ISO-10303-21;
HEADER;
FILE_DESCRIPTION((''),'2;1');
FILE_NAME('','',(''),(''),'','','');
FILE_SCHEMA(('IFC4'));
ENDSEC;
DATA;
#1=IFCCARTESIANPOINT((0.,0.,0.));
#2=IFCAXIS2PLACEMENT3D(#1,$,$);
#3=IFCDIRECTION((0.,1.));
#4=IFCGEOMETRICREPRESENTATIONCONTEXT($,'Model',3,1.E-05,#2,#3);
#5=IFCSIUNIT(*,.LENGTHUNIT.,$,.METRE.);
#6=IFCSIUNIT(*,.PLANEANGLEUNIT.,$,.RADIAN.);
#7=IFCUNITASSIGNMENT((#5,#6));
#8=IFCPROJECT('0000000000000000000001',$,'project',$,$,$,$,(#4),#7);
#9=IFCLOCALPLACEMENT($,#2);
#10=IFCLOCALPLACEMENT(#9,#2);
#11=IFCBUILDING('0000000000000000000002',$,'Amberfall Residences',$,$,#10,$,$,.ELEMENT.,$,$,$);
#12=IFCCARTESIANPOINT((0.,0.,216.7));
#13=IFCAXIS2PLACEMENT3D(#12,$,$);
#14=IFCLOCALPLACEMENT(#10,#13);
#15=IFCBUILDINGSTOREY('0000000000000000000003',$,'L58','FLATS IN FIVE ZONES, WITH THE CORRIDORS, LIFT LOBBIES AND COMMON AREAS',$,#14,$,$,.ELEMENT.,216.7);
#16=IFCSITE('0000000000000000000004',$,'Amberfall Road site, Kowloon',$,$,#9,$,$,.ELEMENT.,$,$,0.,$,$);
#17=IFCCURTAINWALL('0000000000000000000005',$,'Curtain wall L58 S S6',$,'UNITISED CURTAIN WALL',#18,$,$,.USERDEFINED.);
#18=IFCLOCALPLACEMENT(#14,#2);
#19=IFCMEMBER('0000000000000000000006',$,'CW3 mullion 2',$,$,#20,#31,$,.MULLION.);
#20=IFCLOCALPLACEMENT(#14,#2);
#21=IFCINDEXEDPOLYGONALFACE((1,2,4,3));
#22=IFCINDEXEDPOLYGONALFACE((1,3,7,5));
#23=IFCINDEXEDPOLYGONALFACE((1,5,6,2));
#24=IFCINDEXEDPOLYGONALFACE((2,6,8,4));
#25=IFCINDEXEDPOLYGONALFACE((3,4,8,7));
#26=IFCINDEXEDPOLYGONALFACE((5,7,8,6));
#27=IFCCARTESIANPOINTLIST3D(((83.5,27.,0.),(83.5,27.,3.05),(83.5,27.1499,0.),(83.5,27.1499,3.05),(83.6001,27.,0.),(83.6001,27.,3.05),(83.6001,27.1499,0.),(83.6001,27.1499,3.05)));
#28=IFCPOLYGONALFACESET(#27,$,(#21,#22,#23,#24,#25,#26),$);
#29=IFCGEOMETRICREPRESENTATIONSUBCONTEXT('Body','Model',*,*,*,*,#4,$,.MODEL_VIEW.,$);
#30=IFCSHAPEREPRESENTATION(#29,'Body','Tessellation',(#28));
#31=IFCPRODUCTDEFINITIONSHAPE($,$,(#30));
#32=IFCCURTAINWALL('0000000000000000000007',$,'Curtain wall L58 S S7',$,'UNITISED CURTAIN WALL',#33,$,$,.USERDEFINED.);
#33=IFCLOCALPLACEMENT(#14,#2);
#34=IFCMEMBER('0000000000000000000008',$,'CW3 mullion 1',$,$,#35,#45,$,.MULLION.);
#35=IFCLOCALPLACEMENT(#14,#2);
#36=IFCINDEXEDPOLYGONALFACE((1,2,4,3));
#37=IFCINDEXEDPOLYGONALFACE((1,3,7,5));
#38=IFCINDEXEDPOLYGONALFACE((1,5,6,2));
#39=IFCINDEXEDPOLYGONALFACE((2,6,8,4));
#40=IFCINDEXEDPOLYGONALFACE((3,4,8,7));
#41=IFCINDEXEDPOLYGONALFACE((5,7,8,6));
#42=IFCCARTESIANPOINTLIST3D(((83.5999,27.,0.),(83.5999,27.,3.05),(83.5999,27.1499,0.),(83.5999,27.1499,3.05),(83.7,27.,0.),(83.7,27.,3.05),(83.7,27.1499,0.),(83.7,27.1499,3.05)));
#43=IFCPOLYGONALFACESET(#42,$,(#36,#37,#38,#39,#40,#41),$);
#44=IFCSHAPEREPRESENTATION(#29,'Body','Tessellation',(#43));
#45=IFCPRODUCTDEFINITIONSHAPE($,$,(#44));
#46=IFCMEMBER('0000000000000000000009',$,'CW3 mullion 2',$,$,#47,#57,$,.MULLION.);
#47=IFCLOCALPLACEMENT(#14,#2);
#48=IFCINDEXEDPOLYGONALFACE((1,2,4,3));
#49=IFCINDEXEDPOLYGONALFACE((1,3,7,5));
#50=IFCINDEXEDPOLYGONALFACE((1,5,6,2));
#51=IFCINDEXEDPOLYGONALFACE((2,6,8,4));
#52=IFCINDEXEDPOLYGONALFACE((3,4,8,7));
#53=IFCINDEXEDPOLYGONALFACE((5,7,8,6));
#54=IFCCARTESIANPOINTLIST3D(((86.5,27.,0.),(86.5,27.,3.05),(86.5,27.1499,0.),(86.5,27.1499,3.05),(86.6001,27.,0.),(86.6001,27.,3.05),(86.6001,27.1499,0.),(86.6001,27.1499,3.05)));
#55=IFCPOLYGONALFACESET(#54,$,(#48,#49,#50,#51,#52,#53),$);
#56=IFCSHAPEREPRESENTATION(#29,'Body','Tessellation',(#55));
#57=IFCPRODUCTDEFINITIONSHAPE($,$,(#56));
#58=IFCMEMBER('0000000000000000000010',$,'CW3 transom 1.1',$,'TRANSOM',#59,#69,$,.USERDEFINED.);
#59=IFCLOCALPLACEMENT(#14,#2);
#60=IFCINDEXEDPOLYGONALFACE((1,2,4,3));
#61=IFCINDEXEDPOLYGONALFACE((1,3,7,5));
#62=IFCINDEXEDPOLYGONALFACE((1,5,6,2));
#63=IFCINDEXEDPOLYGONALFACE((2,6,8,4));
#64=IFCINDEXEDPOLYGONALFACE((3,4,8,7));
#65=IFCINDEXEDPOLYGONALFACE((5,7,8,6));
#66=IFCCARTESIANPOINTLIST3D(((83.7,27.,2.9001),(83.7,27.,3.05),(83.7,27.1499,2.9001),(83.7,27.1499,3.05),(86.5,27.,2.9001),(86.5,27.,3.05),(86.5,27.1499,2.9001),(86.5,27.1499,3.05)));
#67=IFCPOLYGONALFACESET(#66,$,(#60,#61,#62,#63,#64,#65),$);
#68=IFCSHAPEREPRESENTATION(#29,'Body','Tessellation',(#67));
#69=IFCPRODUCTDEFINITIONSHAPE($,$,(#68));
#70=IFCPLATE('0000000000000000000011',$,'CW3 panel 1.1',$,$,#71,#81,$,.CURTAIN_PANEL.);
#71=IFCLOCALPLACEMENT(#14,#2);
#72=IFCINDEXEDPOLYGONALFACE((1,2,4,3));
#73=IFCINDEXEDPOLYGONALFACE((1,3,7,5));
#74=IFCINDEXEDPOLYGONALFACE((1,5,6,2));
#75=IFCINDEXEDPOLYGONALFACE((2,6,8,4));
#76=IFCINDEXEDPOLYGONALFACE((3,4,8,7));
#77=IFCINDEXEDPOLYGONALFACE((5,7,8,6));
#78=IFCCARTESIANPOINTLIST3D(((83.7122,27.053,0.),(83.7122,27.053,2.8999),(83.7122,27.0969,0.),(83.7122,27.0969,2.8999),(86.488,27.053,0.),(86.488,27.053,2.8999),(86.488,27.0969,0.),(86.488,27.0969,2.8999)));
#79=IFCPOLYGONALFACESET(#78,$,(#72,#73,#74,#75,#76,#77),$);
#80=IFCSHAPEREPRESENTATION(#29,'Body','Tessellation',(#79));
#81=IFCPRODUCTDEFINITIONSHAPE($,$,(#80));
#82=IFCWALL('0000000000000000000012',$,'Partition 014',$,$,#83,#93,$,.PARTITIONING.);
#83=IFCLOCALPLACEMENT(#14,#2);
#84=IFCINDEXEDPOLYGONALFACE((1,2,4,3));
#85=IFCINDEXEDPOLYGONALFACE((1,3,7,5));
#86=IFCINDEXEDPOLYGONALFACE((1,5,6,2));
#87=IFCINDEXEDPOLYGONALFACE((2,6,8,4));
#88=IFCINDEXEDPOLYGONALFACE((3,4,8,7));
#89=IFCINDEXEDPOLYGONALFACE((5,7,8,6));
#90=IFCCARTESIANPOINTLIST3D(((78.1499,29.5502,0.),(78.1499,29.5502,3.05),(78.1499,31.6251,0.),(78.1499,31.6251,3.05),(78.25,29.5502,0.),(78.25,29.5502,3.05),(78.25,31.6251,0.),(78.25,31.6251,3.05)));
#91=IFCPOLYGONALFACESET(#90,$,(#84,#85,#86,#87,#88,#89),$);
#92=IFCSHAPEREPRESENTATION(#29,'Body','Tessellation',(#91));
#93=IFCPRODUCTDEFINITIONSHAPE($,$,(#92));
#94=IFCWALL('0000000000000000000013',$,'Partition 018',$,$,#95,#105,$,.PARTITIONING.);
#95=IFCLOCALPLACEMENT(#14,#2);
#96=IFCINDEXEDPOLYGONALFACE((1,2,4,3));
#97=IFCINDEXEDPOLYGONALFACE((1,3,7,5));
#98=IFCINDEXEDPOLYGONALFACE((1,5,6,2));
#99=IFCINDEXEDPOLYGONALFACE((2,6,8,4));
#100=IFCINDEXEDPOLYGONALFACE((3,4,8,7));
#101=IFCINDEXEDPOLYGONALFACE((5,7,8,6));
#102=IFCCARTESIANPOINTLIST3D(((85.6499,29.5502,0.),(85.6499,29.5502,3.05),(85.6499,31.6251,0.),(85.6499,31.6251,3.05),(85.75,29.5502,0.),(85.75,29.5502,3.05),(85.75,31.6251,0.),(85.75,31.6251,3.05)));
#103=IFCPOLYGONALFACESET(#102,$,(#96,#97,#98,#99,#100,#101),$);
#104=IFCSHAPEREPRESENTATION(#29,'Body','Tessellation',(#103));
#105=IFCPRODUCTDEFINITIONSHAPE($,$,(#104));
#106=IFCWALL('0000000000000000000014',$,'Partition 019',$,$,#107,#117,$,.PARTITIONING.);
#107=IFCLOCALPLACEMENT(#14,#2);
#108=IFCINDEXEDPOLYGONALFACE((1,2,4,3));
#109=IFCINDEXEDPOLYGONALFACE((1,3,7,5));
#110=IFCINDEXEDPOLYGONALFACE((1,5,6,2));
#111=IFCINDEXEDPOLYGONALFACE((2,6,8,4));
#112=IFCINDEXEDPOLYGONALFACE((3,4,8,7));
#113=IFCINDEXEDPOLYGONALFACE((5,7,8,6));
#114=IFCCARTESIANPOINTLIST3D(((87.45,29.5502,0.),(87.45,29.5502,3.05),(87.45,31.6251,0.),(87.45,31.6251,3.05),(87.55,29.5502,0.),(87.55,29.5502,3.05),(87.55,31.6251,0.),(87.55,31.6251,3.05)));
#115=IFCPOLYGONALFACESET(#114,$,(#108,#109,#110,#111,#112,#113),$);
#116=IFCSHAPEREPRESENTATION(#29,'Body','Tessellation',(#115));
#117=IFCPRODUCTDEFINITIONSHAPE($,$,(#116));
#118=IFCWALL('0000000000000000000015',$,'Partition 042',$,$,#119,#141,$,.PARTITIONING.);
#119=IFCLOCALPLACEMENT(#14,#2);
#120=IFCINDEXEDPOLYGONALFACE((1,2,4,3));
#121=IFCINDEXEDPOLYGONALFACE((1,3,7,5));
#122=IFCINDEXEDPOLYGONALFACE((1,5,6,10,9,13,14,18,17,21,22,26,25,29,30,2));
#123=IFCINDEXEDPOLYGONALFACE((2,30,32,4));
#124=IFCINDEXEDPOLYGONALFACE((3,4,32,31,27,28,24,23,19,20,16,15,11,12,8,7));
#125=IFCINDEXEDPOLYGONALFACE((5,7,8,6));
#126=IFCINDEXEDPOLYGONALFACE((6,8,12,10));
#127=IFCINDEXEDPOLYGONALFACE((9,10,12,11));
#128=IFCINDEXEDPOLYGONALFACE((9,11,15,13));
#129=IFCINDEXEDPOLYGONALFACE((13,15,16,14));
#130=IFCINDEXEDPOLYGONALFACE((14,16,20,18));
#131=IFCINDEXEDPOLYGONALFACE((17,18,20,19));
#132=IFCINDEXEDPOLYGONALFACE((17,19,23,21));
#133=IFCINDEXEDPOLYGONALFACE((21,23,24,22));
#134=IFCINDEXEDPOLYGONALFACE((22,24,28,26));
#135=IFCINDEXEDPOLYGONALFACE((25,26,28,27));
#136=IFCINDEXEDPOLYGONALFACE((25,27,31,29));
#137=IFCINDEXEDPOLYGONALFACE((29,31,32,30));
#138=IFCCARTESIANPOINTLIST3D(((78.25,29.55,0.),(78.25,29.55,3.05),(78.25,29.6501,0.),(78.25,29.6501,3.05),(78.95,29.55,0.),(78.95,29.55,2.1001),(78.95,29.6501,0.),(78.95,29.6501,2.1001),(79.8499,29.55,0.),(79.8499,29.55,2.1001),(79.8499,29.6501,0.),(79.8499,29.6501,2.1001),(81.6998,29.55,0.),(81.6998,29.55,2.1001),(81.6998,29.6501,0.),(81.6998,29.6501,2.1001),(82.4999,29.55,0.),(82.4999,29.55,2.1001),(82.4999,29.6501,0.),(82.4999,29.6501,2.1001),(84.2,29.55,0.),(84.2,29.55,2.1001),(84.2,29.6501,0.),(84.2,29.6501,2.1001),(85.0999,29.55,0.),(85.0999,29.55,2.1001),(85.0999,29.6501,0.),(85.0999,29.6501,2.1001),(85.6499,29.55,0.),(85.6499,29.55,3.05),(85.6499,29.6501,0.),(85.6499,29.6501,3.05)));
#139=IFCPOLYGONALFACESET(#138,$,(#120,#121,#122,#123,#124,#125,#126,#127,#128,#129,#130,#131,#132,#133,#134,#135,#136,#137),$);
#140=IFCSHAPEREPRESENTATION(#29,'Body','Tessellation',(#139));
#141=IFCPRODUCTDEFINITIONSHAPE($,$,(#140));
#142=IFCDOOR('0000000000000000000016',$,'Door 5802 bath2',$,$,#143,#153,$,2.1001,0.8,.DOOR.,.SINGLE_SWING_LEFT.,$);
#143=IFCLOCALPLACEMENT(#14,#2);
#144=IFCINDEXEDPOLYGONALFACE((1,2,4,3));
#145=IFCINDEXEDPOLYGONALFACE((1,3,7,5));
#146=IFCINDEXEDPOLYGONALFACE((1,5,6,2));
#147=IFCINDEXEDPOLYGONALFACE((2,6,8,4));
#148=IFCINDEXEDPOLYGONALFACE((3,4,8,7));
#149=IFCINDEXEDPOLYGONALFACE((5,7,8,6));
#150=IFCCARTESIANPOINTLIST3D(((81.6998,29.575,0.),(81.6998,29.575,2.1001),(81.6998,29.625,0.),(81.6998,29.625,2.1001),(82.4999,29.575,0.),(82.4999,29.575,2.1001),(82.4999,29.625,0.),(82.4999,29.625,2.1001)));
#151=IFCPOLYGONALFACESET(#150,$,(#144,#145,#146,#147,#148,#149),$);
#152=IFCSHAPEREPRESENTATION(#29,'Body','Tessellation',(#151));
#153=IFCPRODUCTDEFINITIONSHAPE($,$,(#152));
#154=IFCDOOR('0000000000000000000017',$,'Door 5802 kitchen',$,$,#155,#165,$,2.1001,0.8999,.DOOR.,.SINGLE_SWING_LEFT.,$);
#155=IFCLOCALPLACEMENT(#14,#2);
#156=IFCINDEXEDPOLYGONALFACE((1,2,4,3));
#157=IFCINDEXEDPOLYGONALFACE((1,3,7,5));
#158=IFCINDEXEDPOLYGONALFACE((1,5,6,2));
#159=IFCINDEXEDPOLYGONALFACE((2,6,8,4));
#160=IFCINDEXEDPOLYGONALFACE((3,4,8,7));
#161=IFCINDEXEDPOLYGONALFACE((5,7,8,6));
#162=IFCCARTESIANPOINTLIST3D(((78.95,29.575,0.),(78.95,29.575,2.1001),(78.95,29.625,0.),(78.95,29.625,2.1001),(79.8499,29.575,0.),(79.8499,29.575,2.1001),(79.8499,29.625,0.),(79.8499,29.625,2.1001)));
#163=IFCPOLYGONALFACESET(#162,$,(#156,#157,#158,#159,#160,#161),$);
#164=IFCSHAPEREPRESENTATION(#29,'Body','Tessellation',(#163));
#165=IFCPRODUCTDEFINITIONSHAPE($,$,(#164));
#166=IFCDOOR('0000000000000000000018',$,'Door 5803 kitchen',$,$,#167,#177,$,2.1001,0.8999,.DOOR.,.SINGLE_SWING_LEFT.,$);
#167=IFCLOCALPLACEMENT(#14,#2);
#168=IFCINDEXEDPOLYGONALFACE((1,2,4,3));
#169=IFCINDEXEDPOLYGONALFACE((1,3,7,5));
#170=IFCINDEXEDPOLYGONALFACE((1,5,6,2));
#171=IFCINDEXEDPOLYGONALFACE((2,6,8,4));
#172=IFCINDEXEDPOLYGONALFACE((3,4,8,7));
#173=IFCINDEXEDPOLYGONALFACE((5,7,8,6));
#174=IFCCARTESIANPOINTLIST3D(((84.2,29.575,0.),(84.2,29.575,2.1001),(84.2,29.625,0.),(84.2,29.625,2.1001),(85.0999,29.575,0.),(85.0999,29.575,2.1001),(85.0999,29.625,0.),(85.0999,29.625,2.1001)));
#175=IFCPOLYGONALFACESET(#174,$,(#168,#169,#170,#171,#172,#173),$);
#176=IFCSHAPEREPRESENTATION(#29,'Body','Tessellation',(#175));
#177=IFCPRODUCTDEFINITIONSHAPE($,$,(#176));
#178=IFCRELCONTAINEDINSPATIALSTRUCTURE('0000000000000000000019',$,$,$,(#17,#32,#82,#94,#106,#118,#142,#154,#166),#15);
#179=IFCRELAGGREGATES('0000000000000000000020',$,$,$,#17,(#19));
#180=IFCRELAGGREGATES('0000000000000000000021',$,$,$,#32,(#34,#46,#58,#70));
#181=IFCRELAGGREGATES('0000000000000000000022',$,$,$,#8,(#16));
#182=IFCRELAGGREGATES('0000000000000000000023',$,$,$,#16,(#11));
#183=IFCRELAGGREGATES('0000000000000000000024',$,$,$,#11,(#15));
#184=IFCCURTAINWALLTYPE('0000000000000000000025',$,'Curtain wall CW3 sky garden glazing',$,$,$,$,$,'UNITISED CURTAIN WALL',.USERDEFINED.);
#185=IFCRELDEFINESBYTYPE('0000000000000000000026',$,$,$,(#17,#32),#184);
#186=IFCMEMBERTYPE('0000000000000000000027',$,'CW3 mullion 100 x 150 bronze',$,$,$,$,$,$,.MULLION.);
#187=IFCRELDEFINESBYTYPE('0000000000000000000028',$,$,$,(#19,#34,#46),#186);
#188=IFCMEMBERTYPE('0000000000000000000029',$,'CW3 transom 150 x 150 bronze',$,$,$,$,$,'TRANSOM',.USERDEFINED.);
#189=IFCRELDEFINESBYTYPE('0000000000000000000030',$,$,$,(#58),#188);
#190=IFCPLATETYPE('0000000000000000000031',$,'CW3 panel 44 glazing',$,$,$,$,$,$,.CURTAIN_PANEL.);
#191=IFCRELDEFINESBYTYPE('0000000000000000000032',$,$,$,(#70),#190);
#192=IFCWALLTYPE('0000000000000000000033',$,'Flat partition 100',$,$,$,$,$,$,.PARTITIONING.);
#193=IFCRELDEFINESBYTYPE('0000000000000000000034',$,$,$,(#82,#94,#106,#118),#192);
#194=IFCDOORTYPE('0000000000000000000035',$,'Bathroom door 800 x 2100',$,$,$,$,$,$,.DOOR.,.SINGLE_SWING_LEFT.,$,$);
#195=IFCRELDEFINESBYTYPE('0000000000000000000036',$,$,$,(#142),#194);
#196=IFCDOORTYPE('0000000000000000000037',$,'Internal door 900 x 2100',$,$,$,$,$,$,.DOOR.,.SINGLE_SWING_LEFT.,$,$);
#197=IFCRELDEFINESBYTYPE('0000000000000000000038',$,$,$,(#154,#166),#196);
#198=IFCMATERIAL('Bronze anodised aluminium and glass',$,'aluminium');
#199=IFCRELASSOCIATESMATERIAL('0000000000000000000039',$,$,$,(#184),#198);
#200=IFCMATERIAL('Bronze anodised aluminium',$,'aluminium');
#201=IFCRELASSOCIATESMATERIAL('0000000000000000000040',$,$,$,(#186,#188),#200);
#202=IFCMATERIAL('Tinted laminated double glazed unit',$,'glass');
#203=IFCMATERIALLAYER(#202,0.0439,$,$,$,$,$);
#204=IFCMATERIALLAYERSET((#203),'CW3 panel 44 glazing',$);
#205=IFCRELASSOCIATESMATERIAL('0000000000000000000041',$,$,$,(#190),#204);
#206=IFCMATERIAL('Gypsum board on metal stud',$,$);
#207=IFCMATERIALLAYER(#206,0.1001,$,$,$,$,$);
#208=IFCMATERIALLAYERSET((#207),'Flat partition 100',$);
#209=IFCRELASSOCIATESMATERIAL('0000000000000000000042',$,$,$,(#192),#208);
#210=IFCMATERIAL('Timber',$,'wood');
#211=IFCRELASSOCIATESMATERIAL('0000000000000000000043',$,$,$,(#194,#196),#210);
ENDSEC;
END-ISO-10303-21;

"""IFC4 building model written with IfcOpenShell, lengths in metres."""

from ifc_helpers import new_model, si_unit, direction, frame, frame_2d, origin, origin_2d, place, context, subcontext, project, spatial, rectangle, extrude, material, layer, layer_set, material_profile, profile_set, type_object, element, fill, aggregate, save


model = new_model("IFC4")

# Units and contexts
model_context = context("Model", 3, precision=1e-05, world=origin(), true_north=direction((0.0, 1.0)))
body_context = subcontext(model_context, "Body", "Model", "MODEL_VIEW")
ifc_project = project(units=[si_unit("LENGTHUNIT", "METRE"), si_unit("PLANEANGLEUNIT", "RADIAN")], contexts=[model_context])

# Site, building, storey
site_placement = place(None, origin())
site = spatial("IfcSite", under=ifc_project, at=site_placement, Name="Amberfall Road site, Kowloon", CompositionType="ELEMENT", RefElevation=0.0)
building_placement = place(site_placement, origin())
building = spatial("IfcBuilding", under=site, at=building_placement, Name="Amberfall Residences", CompositionType="ELEMENT")
storey_placement = place(building_placement, frame((0.0, 0.0, 216.7)))
storey = spatial("IfcBuildingStorey", under=building, at=storey_placement, Name="L58", Description="FLATS IN FIVE ZONES, WITH THE CORRIDORS, LIFT LOBBIES AND COMMON AREAS", CompositionType="ELEMENT", Elevation=216.7)

# Curtain wall, member
ifc_material_1 = material(Name="Bronze anodised aluminium and glass", Category="aluminium")
curtain_wall_type = type_object("IfcCurtainWallType", Name="Curtain wall CW3 sky garden glazing", ElementType="UNITISED CURTAIN WALL", PredefinedType="USERDEFINED", material=ifc_material_1)
curtain_wall_1_placement = place(storey_placement, origin())
curtain_wall_1 = element("IfcCurtainWall", 1, at=curtain_wall_1_placement, inside=storey, type_object=curtain_wall_type, Name="Curtain wall L58 S S6", ObjectType="UNITISED CURTAIN WALL", PredefinedType="USERDEFINED")
ifc_material_2 = material(Name="Bronze anodised aluminium", Category="aluminium")
ifc_material_profile_1 = material_profile(ifc_material_2, rectangle(XDim=0.1499, YDim=0.1001, at=origin_2d()), Name="CW3 mullion 100 x 150 bronze")
ifc_profile_set_1 = profile_set([ifc_material_profile_1], Name="Bronze anodised aluminium")
member_type_1 = type_object("IfcMemberType", Name="CW3 mullion 100 x 150 bronze", PredefinedType="MULLION", material=ifc_profile_set_1)
member_1_placement = place(storey_placement, frame((83.55, 27.075, 0.0), z_axis=(0.0, 0.0, 1.0), x_axis=(0.0, 1.0, 0.0)))
member_1 = element("IfcMember", 2, at=member_1_placement, type_object=member_type_1, Name="CW3 mullion 2", PredefinedType="MULLION", context=body_context, shape_type="SweptSolid", body=[
    extrude(rectangle(XDim=0.1499, YDim=0.1001, at=origin_2d()), origin(), (0.0, 0.0, 1.0), 3.05),
])
aggregate(curtain_wall_1, [member_1])

# Curtain wall, members, plate
curtain_wall_2_placement = place(storey_placement, origin())
curtain_wall_2 = element("IfcCurtainWall", 3, at=curtain_wall_2_placement, inside=storey, type_object=curtain_wall_type, Name="Curtain wall L58 S S7", ObjectType="UNITISED CURTAIN WALL", PredefinedType="USERDEFINED")
member_2_placement = place(storey_placement, frame((83.6499, 27.075, 0.0), z_axis=(0.0, 0.0, 1.0), x_axis=(0.0, 1.0, 0.0)))
member_2 = element("IfcMember", 4, at=member_2_placement, type_object=member_type_1, Name="CW3 mullion 1", PredefinedType="MULLION", context=body_context, shape_type="SweptSolid", body=[
    extrude(rectangle(XDim=0.1499, YDim=0.1001, at=origin_2d()), origin(), (0.0, 0.0, 1.0), 3.05),
])
member_3_placement = place(storey_placement, frame((86.55, 27.075, 0.0), z_axis=(0.0, 0.0, 1.0), x_axis=(0.0, 1.0, 0.0)))
member_3 = element("IfcMember", 5, at=member_3_placement, type_object=member_type_1, Name="CW3 mullion 2", PredefinedType="MULLION", context=body_context, shape_type="SweptSolid", body=[
    extrude(rectangle(XDim=0.1499, YDim=0.1001, at=origin_2d()), origin(), (0.0, 0.0, 1.0), 3.05),
])
ifc_material_profile_2 = material_profile(ifc_material_2, rectangle(XDim=0.1499, YDim=0.1499, at=origin_2d()), Name="CW3 transom 150 x 150 bronze")
ifc_profile_set_2 = profile_set([ifc_material_profile_2], Name="Bronze anodised aluminium")
member_type_2 = type_object("IfcMemberType", Name="CW3 transom 150 x 150 bronze", ElementType="TRANSOM", PredefinedType="USERDEFINED", material=ifc_profile_set_2)
member_4_placement = place(storey_placement, frame((83.7, 27.075, 2.9751), z_axis=(1.0, 0.0, 0.0), x_axis=(0.0, 1.0, 0.0)))
member_4 = element("IfcMember", 6, at=member_4_placement, type_object=member_type_2, Name="CW3 transom 1.1", ObjectType="TRANSOM", PredefinedType="USERDEFINED", context=body_context, shape_type="SweptSolid", body=[
    extrude(rectangle(XDim=0.1499, YDim=0.1499, at=origin_2d()), origin(), (0.0, 0.0, 1.0), 2.8),
])
ifc_material_3 = material(Name="Tinted laminated double glazed unit", Category="glass")
ifc_layer_1 = layer(ifc_material_3, 0.0439)
ifc_layer_set_1 = layer_set([ifc_layer_1], Name="CW3 panel 44 glazing")
plate_type = type_object("IfcPlateType", Name="CW3 panel 44 glazing", PredefinedType="CURTAIN_PANEL", material=ifc_layer_set_1)
plate_placement = place(storey_placement, frame((85.1001, 27.075, 0.0), z_axis=(0.0, 0.0, 1.0), x_axis=(1.0, 0.0, 0.0)))
plate = element("IfcPlate", 7, at=plate_placement, type_object=plate_type, Name="CW3 panel 1.1", PredefinedType="CURTAIN_PANEL", context=body_context, shape_type="SweptSolid", body=[
    extrude(rectangle(XDim=2.7759, YDim=0.0439, at=origin_2d()), origin(), (0.0, 0.0, 1.0), 2.8999),
])
aggregate(curtain_wall_2, [member_2, member_3, member_4, plate])

# Walls
ifc_material_4 = material(Name="Gypsum board on metal stud")
ifc_layer_2 = layer(ifc_material_4, 0.1001)
ifc_layer_set_2 = layer_set([ifc_layer_2], Name="Flat partition 100")
wall_type_1 = type_object("IfcWallType", Name="Flat partition 100", PredefinedType="PARTITIONING", material=ifc_layer_set_2)
for number, where, z_axis, x_axis, name in (
    (8, (78.2, 29.55, 0.0), (0.0, 0.0, 1.0), (0.0, 1.0, 0.0), "Partition 014"),
    (9, (85.7, 29.55, 0.0), (0.0, 0.0, 1.0), (0.0, 1.0, 0.0), "Partition 018"),
    (10, (87.5, 29.55, 0.0), (0.0, 0.0, 1.0), (0.0, 1.0, 0.0), "Partition 019"),
):
    element("IfcWall", number, at=place(storey_placement, frame(where, z_axis=z_axis, x_axis=x_axis)), inside=storey, type_object=wall_type_1, Name=name, PredefinedType="PARTITIONING", context=body_context, shape_type="SweptSolid", body=[
        extrude(rectangle(XDim=2.075, YDim=0.1001, at=frame_2d((1.0376, 0.0))), origin(), (0.0, 0.0, 1.0), 3.05),
    ])

# Wall, openings, doors
wall_1_placement = place(storey_placement, frame((78.25, 29.6001, 0.0), z_axis=(0.0, 0.0, 1.0), x_axis=(1.0, 0.0, 0.0)))
wall_1 = element("IfcWall", 11, at=wall_1_placement, inside=storey, type_object=wall_type_1, Name="Partition 042", PredefinedType="PARTITIONING", context=body_context, shape_type="SweptSolid", body=[
    extrude(rectangle(XDim=7.3999, YDim=0.1001, at=frame_2d((3.7, 0.0))), origin(), (0.0, 0.0, 1.0), 3.05),
])
opening_1_placement = place(wall_1_placement, frame((0.7, 0.0, 0.0)))
opening_1 = element("IfcOpeningElement", 12, at=opening_1_placement, cuts=wall_1, PredefinedType="OPENING", context=body_context, shape_type="SweptSolid", body=[
    extrude(rectangle(XDim=0.8999, YDim=2.1001, at=frame_2d((0.45, 1.05))), frame((0.0, 0.0601, 0.0), z_axis=(0.0, -1.0, 0.0), x_axis=(1.0, 0.0, 0.0)), (0.0, 0.0, 1.0), 0.1201),
])
opening_2_placement = place(wall_1_placement, frame((3.45, 0.0, 0.0)))
opening_2 = element("IfcOpeningElement", 13, at=opening_2_placement, cuts=wall_1, PredefinedType="OPENING", context=body_context, shape_type="SweptSolid", body=[
    extrude(rectangle(XDim=0.8, YDim=2.1001, at=frame_2d((0.3999, 1.05))), frame((0.0, 0.0601, 0.0), z_axis=(0.0, -1.0, 0.0), x_axis=(1.0, 0.0, 0.0)), (0.0, 0.0, 1.0), 0.1201),
])
opening_3_placement = place(wall_1_placement, frame((5.95, 0.0, 0.0)))
opening_3 = element("IfcOpeningElement", 14, at=opening_3_placement, cuts=wall_1, PredefinedType="OPENING", context=body_context, shape_type="SweptSolid", body=[
    extrude(rectangle(XDim=0.8999, YDim=2.1001, at=frame_2d((0.45, 1.05))), frame((0.0, 0.0601, 0.0), z_axis=(0.0, -1.0, 0.0), x_axis=(1.0, 0.0, 0.0)), (0.0, 0.0, 1.0), 0.1201),
])
ifc_material_5 = material(Name="Timber", Category="wood")
door_type_1 = type_object("IfcDoorType", Name="Bathroom door 800 x 2100", OperationType="SINGLE_SWING_LEFT", PredefinedType="DOOR", material=ifc_material_5)
door_1_placement = place(opening_2_placement, origin())
door_1 = element("IfcDoor", 15, at=door_1_placement, inside=storey, type_object=door_type_1, Name="Door 5802 bath2", OperationType="SINGLE_SWING_LEFT", OverallHeight=2.1001, OverallWidth=0.8, PredefinedType="DOOR", context=body_context, shape_type="SweptSolid", body=[
    extrude(rectangle(XDim=0.8, YDim=2.1001, at=frame_2d((0.3999, 1.05))), frame((0.0, 0.0249, 0.0), z_axis=(0.0, -1.0, 0.0), x_axis=(1.0, 0.0, 0.0)), (0.0, 0.0, 1.0), 0.05),
])
fill(opening_2, door_1)
door_type_2 = type_object("IfcDoorType", Name="Internal door 900 x 2100", OperationType="SINGLE_SWING_LEFT", PredefinedType="DOOR", material=ifc_material_5)
door_2_placement = place(opening_1_placement, origin())
door_2 = element("IfcDoor", 16, at=door_2_placement, inside=storey, type_object=door_type_2, Name="Door 5802 kitchen", OperationType="SINGLE_SWING_LEFT", OverallHeight=2.1001, OverallWidth=0.8999, PredefinedType="DOOR", context=body_context, shape_type="SweptSolid", body=[
    extrude(rectangle(XDim=0.8999, YDim=2.1001, at=frame_2d((0.45, 1.05))), frame((0.0, 0.0249, 0.0), z_axis=(0.0, -1.0, 0.0), x_axis=(1.0, 0.0, 0.0)), (0.0, 0.0, 1.0), 0.05),
])
fill(opening_1, door_2)
door_3_placement = place(opening_3_placement, origin())
door_3 = element("IfcDoor", 17, at=door_3_placement, inside=storey, type_object=door_type_2, Name="Door 5803 kitchen", OperationType="SINGLE_SWING_LEFT", OverallHeight=2.1001, OverallWidth=0.8999, PredefinedType="DOOR", context=body_context, shape_type="SweptSolid", body=[
    extrude(rectangle(XDim=0.8999, YDim=2.1001, at=frame_2d((0.45, 1.05))), frame((0.0, 0.0249, 0.0), z_axis=(0.0, -1.0, 0.0), x_axis=(1.0, 0.0, 0.0)), (0.0, 0.0, 1.0), 0.05),
])
fill(opening_3, door_3)

save(model, "model.ifc")
